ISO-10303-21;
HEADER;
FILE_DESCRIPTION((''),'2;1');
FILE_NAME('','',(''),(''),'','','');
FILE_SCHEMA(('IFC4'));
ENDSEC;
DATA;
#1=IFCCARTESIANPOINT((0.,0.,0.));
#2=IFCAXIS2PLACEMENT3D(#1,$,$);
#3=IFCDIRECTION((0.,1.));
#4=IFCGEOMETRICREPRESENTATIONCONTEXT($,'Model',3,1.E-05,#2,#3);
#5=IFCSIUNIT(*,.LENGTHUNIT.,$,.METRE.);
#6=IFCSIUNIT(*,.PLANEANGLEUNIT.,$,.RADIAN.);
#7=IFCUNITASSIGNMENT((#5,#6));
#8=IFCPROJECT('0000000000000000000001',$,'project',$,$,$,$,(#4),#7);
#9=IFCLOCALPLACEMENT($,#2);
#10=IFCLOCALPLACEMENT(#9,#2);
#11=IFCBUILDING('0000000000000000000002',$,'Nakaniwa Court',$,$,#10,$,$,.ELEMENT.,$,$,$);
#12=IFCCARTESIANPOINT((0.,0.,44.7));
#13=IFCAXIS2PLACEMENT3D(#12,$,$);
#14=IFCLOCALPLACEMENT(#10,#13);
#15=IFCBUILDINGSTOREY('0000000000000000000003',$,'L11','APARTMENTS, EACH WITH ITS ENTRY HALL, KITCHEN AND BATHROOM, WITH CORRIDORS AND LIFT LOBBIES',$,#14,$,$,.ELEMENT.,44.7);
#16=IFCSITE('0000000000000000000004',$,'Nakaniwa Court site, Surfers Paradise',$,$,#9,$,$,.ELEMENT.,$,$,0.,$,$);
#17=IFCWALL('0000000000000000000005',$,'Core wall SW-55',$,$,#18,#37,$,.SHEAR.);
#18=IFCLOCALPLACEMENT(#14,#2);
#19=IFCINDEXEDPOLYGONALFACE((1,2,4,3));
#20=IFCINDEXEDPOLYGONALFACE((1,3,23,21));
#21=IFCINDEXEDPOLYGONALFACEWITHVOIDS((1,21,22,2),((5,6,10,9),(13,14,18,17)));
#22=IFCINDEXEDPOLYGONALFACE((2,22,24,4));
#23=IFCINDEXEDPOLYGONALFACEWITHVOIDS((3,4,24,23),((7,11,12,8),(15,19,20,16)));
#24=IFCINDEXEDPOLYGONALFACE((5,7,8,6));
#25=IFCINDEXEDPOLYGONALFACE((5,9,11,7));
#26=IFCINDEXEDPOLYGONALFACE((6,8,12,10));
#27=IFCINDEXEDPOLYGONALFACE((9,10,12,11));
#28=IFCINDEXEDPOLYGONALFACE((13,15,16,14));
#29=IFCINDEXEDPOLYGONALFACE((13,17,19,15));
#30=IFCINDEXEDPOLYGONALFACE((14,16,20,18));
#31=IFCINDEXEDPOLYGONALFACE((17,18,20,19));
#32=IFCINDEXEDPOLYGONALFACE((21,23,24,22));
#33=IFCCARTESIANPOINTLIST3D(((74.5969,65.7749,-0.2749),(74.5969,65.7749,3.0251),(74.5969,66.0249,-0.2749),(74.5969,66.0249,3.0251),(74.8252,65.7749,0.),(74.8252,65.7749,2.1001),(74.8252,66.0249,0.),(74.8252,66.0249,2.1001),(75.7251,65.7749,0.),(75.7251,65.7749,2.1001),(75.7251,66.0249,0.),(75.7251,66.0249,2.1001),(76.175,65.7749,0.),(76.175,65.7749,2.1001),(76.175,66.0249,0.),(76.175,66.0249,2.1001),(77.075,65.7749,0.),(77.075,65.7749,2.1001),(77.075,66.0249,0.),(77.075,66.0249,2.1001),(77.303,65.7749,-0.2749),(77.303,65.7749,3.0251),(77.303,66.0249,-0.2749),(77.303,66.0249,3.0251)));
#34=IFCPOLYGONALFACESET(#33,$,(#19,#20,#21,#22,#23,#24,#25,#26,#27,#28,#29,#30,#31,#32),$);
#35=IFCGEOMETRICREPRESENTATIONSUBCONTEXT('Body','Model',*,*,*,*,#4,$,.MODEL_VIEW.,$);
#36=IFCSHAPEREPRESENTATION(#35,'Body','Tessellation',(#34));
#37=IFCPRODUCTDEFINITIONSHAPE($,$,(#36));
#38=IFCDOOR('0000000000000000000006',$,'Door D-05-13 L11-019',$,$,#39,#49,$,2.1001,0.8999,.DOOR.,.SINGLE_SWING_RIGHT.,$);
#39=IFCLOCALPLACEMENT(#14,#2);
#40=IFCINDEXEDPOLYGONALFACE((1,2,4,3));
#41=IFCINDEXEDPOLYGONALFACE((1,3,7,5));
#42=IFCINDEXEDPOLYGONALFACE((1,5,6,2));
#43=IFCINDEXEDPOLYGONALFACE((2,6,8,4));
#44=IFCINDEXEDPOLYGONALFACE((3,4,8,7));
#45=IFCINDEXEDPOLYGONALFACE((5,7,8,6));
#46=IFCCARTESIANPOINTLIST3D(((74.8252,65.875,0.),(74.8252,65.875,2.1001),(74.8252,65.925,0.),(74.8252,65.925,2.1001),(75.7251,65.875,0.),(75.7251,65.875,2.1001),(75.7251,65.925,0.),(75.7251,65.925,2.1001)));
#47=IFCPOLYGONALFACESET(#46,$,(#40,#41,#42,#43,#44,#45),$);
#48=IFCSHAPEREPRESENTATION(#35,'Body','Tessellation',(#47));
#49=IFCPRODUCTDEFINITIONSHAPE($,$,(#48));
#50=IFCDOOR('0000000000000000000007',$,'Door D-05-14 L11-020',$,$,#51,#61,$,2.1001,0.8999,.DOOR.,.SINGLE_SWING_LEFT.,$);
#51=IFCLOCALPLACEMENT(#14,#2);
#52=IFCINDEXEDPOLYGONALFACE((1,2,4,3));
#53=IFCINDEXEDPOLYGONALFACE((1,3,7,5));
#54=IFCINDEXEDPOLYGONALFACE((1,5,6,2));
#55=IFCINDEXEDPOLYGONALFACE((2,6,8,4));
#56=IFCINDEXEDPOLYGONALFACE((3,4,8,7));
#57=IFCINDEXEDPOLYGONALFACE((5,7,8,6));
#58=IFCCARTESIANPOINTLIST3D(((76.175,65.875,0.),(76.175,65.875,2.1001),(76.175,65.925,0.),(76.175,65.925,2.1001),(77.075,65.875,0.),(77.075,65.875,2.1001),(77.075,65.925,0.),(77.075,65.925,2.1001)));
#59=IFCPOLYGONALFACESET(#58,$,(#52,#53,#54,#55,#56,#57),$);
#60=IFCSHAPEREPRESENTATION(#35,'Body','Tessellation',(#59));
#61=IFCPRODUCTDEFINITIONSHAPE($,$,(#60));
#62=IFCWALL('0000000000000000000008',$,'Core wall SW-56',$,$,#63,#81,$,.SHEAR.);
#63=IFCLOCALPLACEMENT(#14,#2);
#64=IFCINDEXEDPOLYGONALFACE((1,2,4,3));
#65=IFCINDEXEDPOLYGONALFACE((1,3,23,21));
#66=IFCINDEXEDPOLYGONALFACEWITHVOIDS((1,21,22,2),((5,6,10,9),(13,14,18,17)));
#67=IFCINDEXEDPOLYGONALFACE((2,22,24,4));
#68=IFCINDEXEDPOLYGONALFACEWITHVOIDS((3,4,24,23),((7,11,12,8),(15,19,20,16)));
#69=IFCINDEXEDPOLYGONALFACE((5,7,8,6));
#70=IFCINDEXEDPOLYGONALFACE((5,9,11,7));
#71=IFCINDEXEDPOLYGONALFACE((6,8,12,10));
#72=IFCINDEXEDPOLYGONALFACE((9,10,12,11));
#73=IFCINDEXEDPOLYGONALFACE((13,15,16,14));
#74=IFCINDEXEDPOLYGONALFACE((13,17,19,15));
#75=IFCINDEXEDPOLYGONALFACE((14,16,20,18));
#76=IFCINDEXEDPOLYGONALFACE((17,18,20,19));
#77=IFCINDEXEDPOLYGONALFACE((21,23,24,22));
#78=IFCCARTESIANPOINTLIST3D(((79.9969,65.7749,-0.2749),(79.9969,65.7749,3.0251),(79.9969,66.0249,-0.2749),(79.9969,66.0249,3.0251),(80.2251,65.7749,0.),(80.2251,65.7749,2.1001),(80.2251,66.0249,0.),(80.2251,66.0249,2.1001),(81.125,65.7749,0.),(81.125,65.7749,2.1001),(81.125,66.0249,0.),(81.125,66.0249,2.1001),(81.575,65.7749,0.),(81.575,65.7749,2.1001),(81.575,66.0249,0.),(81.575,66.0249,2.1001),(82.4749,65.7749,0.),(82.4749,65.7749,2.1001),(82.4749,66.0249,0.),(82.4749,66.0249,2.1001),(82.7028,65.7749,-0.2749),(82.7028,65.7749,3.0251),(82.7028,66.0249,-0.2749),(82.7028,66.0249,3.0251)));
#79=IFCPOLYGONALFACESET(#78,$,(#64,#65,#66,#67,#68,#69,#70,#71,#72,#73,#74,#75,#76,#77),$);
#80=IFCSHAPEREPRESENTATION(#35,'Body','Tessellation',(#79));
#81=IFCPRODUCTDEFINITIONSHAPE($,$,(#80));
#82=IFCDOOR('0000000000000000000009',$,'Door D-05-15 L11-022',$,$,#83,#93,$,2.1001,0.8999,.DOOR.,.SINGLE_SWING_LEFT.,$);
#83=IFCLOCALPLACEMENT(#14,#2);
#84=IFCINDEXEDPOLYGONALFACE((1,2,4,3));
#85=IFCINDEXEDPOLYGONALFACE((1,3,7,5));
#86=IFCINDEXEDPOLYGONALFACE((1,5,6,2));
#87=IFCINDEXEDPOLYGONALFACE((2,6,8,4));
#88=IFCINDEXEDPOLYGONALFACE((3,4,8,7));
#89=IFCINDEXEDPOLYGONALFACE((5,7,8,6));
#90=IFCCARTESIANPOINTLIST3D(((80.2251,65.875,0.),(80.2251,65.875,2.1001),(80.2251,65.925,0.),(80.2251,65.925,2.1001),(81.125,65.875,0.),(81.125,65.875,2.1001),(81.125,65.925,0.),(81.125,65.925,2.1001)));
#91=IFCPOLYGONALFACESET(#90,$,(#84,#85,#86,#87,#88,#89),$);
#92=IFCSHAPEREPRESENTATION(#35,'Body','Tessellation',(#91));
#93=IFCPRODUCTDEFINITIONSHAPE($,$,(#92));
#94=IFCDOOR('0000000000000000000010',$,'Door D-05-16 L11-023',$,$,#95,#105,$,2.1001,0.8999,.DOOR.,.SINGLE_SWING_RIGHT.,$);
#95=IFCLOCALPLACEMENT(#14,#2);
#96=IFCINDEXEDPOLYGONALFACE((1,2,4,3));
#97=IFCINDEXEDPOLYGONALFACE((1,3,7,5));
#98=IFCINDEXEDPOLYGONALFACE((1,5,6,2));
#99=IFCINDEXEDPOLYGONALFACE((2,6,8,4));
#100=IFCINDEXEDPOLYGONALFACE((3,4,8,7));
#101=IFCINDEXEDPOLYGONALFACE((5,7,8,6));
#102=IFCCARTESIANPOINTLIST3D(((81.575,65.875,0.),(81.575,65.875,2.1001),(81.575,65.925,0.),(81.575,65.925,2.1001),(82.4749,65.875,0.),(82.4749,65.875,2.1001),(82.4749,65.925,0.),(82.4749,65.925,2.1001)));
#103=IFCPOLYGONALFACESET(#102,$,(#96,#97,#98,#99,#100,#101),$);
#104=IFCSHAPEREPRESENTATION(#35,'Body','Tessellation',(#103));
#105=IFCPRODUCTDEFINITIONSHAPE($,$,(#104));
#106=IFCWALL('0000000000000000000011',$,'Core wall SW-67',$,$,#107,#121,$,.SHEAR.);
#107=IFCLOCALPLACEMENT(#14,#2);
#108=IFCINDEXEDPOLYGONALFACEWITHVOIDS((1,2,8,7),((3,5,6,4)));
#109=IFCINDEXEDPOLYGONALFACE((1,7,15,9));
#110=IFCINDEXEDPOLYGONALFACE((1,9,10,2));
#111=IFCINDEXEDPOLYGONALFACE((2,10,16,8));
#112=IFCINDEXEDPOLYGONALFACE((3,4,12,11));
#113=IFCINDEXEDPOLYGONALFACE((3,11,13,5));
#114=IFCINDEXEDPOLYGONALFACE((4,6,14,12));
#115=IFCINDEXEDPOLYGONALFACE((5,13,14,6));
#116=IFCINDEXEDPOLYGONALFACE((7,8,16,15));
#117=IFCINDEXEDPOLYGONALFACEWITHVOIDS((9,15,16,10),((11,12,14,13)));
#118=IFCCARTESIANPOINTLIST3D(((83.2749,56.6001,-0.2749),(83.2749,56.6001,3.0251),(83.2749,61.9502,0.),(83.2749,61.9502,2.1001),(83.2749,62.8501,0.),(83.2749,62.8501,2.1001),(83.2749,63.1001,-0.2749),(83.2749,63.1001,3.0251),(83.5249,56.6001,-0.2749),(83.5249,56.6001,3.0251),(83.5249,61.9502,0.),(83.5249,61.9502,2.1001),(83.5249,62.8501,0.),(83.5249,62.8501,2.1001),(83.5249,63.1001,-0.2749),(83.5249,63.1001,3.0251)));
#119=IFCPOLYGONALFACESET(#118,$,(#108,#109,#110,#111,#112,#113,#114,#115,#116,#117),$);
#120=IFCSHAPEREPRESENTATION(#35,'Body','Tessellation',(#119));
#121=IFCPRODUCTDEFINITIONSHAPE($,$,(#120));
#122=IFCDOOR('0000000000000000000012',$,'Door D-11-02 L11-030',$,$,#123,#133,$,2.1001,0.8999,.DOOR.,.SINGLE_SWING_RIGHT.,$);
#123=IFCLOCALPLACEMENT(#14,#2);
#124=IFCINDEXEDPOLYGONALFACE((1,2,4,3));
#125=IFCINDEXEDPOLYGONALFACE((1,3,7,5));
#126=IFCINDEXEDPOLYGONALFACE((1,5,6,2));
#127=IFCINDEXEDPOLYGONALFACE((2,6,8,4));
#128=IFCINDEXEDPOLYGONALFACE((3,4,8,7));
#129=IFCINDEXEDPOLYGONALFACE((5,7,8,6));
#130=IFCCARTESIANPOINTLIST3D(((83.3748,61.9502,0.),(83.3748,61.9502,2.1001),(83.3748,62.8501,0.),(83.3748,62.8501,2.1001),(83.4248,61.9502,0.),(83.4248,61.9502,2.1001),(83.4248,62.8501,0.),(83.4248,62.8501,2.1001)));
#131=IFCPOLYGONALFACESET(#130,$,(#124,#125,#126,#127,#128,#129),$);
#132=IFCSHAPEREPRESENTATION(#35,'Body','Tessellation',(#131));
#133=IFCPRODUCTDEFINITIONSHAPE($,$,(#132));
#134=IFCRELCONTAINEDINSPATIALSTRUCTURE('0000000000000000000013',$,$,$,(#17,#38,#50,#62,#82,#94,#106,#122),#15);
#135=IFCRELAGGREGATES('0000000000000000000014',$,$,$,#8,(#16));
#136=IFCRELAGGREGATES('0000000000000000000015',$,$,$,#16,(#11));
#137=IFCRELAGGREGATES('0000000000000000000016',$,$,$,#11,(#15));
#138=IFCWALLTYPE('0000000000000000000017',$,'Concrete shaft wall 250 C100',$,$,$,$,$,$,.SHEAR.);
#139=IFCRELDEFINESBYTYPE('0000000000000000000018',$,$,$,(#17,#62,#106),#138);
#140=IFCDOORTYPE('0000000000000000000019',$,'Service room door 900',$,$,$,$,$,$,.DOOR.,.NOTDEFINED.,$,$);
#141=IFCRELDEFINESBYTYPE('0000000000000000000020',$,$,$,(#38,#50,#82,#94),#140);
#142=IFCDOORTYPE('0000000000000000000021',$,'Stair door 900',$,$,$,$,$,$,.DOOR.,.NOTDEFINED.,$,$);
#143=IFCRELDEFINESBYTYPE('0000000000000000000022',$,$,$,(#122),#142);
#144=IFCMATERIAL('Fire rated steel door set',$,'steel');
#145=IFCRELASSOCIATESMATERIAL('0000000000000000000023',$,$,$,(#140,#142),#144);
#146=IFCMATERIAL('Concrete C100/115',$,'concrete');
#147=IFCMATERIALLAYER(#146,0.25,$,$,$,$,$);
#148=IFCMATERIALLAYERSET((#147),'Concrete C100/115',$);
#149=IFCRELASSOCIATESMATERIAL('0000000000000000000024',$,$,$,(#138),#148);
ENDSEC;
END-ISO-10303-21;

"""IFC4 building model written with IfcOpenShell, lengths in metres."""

from ifc_helpers import new_model, si_unit, direction, frame, frame_2d, origin, place, context, subcontext, project, spatial, rectangle, extrude, material, layer, layer_set, type_object, element, fill, save


model = new_model("IFC4")

# Units and contexts
model_context = context("Model", 3, precision=1e-05, world=origin(), true_north=direction((0.0, 1.0)))
body_context = subcontext(model_context, "Body", "Model", "MODEL_VIEW")
ifc_project = project(units=[si_unit("LENGTHUNIT", "METRE"), si_unit("PLANEANGLEUNIT", "RADIAN")], contexts=[model_context])

# Site, building, storey
site_placement = place(None, origin())
site = spatial("IfcSite", under=ifc_project, at=site_placement, Name="Nakaniwa Court site, Surfers Paradise", CompositionType="ELEMENT", RefElevation=0.0)
building_placement = place(site_placement, origin())
building = spatial("IfcBuilding", under=site, at=building_placement, Name="Nakaniwa Court", CompositionType="ELEMENT")
storey_placement = place(building_placement, frame((0.0, 0.0, 44.7)))
storey = spatial("IfcBuildingStorey", under=building, at=storey_placement, Name="L11", Description="APARTMENTS, EACH WITH ITS ENTRY HALL, KITCHEN AND BATHROOM, WITH CORRIDORS AND LIFT LOBBIES", CompositionType="ELEMENT", Elevation=44.7)

# Shared definitions
ifc_material_1 = material(Name="Fire rated steel door set", Category="steel")
door_type_1 = type_object("IfcDoorType", Name="Service room door 900", OperationType="NOTDEFINED", PredefinedType="DOOR", material=ifc_material_1)

# Shared definitions
ifc_material_2 = material(Name="Concrete C100/115", Category="concrete")
ifc_layer_1 = layer(ifc_material_2, 0.25)
ifc_layer_set_1 = layer_set([ifc_layer_1], Name="Concrete C100/115")
wall_type_1 = type_object("IfcWallType", Name="Concrete shaft wall 250 C100", PredefinedType="SHEAR", material=ifc_layer_set_1)

# Walls, openings, doors
wall_1_placement = place(storey_placement, frame((77.303, 65.8999, -0.2749), z_axis=(0.0, 0.0, 1.0), x_axis=(-1.0, 0.0, 0.0)))
wall_1 = element("IfcWall", 1, at=wall_1_placement, inside=storey, type_object=wall_type_1, Name="Core wall SW-55", PredefinedType="SHEAR", context=body_context, shape_type="SweptSolid", body=[
    extrude(rectangle(XDim=2.7061, YDim=0.25, at=frame_2d((1.353, 0.0))), origin(), (0.0, 0.0, 1.0), 3.3),
])
opening_1_placement = place(wall_1_placement, frame((1.5779, 0.0, 0.2749)))
opening_1 = element("IfcOpeningElement", 2, at=opening_1_placement, cuts=wall_1, PredefinedType="OPENING", context=body_context, shape_type="SweptSolid", body=[
    extrude(rectangle(XDim=0.8999, YDim=2.1001, at=frame_2d((0.45, 1.05))), frame((0.0, 0.135, 0.0), z_axis=(0.0, -1.0, 0.0), x_axis=(1.0, 0.0, 0.0)), (0.0, 0.0, 1.0), 0.27),
])
opening_2_placement = place(wall_1_placement, frame((0.228, 0.0, 0.2749)))
opening_2 = element("IfcOpeningElement", 3, at=opening_2_placement, cuts=wall_1, PredefinedType="OPENING", context=body_context, shape_type="SweptSolid", body=[
    extrude(rectangle(XDim=0.8999, YDim=2.1001, at=frame_2d((0.45, 1.05))), frame((0.0, 0.135, 0.0), z_axis=(0.0, -1.0, 0.0), x_axis=(1.0, 0.0, 0.0)), (0.0, 0.0, 1.0), 0.27),
])
door_1_placement = place(opening_1_placement, origin())
door_1 = element("IfcDoor", 4, at=door_1_placement, inside=storey, type_object=door_type_1, Name="Door D-05-13 L11-019", OperationType="SINGLE_SWING_RIGHT", OverallHeight=2.1001, OverallWidth=0.8999, PredefinedType="DOOR", context=body_context, shape_type="SweptSolid", body=[
    extrude(rectangle(XDim=0.8999, YDim=2.1001, at=frame_2d((0.45, 1.05))), frame((0.0, 0.0249, 0.0), z_axis=(0.0, -1.0, 0.0), x_axis=(1.0, 0.0, 0.0)), (0.0, 0.0, 1.0), 0.05),
])
fill(opening_1, door_1)
door_2_placement = place(opening_2_placement, origin())
door_2 = element("IfcDoor", 5, at=door_2_placement, inside=storey, type_object=door_type_1, Name="Door D-05-14 L11-020", OperationType="SINGLE_SWING_LEFT", OverallHeight=2.1001, OverallWidth=0.8999, PredefinedType="DOOR", context=body_context, shape_type="SweptSolid", body=[
    extrude(rectangle(XDim=0.8999, YDim=2.1001, at=frame_2d((0.45, 1.05))), frame((0.0, 0.0249, 0.0), z_axis=(0.0, -1.0, 0.0), x_axis=(1.0, 0.0, 0.0)), (0.0, 0.0, 1.0), 0.05),
])
fill(opening_2, door_2)
wall_2_placement = place(storey_placement, frame((82.7029, 65.8999, -0.2749), z_axis=(0.0, 0.0, 1.0), x_axis=(-1.0, 0.0, 0.0)))
wall_2 = element("IfcWall", 6, at=wall_2_placement, inside=storey, type_object=wall_type_1, Name="Core wall SW-56", PredefinedType="SHEAR", context=body_context, shape_type="SweptSolid", body=[
    extrude(rectangle(XDim=2.7058, YDim=0.25, at=frame_2d((1.353, 0.0))), origin(), (0.0, 0.0, 1.0), 3.3),
])
opening_3_placement = place(wall_2_placement, frame((1.5779, 0.0, 0.2749)))
opening_3 = element("IfcOpeningElement", 7, at=opening_3_placement, cuts=wall_2, PredefinedType="OPENING", context=body_context, shape_type="SweptSolid", body=[
    extrude(rectangle(XDim=0.8999, YDim=2.1001, at=frame_2d((0.45, 1.05))), frame((0.0, 0.135, 0.0), z_axis=(0.0, -1.0, 0.0), x_axis=(1.0, 0.0, 0.0)), (0.0, 0.0, 1.0), 0.27),
])
opening_4_placement = place(wall_2_placement, frame((0.228, 0.0, 0.2749)))
opening_4 = element("IfcOpeningElement", 8, at=opening_4_placement, cuts=wall_2, PredefinedType="OPENING", context=body_context, shape_type="SweptSolid", body=[
    extrude(rectangle(XDim=0.8999, YDim=2.1001, at=frame_2d((0.45, 1.05))), frame((0.0, 0.135, 0.0), z_axis=(0.0, -1.0, 0.0), x_axis=(1.0, 0.0, 0.0)), (0.0, 0.0, 1.0), 0.27),
])
door_3_placement = place(opening_3_placement, origin())
door_3 = element("IfcDoor", 9, at=door_3_placement, inside=storey, type_object=door_type_1, Name="Door D-05-15 L11-022", OperationType="SINGLE_SWING_LEFT", OverallHeight=2.1001, OverallWidth=0.8999, PredefinedType="DOOR", context=body_context, shape_type="SweptSolid", body=[
    extrude(rectangle(XDim=0.8999, YDim=2.1001, at=frame_2d((0.45, 1.05))), frame((0.0, 0.0249, 0.0), z_axis=(0.0, -1.0, 0.0), x_axis=(1.0, 0.0, 0.0)), (0.0, 0.0, 1.0), 0.05),
])
fill(opening_3, door_3)
door_4_placement = place(opening_4_placement, origin())
door_4 = element("IfcDoor", 10, at=door_4_placement, inside=storey, type_object=door_type_1, Name="Door D-05-16 L11-023", OperationType="SINGLE_SWING_RIGHT", OverallHeight=2.1001, OverallWidth=0.8999, PredefinedType="DOOR", context=body_context, shape_type="SweptSolid", body=[
    extrude(rectangle(XDim=0.8999, YDim=2.1001, at=frame_2d((0.45, 1.05))), frame((0.0, 0.0249, 0.0), z_axis=(0.0, -1.0, 0.0), x_axis=(1.0, 0.0, 0.0)), (0.0, 0.0, 1.0), 0.05),
])
fill(opening_4, door_4)

# Wall, opening, door
wall_3_placement = place(storey_placement, frame((83.3999, 63.1001, -0.2749), z_axis=(0.0, 0.0, 1.0), x_axis=(0.0, -1.0, 0.0)))
wall_3 = element("IfcWall", 11, at=wall_3_placement, inside=storey, type_object=wall_type_1, Name="Core wall SW-67", PredefinedType="SHEAR", context=body_context, shape_type="SweptSolid", body=[
    extrude(rectangle(XDim=6.5, YDim=0.25, at=frame_2d((3.25, 0.0))), origin(), (0.0, 0.0, 1.0), 3.3),
])
opening_5_placement = place(wall_3_placement, frame((0.25, 0.0, 0.2749)))
opening_5 = element("IfcOpeningElement", 12, at=opening_5_placement, cuts=wall_3, PredefinedType="OPENING", context=body_context, shape_type="SweptSolid", body=[
    extrude(rectangle(XDim=0.8999, YDim=2.1001, at=frame_2d((0.45, 1.05))), frame((0.0, 0.135, 0.0), z_axis=(0.0, -1.0, 0.0), x_axis=(1.0, 0.0, 0.0)), (0.0, 0.0, 1.0), 0.27),
])
door_type_2 = type_object("IfcDoorType", Name="Stair door 900", OperationType="NOTDEFINED", PredefinedType="DOOR", material=ifc_material_1)
door_5_placement = place(opening_5_placement, origin())
door_5 = element("IfcDoor", 13, at=door_5_placement, inside=storey, type_object=door_type_2, Name="Door D-11-02 L11-030", OperationType="SINGLE_SWING_RIGHT", OverallHeight=2.1001, OverallWidth=0.8999, PredefinedType="DOOR", context=body_context, shape_type="SweptSolid", body=[
    extrude(rectangle(XDim=0.8999, YDim=2.1001, at=frame_2d((0.45, 1.05))), frame((0.0, 0.0249, 0.0), z_axis=(0.0, -1.0, 0.0), x_axis=(1.0, 0.0, 0.0)), (0.0, 0.0, 1.0), 0.05),
])
fill(opening_5, door_5)

save(model, "model.ifc")
